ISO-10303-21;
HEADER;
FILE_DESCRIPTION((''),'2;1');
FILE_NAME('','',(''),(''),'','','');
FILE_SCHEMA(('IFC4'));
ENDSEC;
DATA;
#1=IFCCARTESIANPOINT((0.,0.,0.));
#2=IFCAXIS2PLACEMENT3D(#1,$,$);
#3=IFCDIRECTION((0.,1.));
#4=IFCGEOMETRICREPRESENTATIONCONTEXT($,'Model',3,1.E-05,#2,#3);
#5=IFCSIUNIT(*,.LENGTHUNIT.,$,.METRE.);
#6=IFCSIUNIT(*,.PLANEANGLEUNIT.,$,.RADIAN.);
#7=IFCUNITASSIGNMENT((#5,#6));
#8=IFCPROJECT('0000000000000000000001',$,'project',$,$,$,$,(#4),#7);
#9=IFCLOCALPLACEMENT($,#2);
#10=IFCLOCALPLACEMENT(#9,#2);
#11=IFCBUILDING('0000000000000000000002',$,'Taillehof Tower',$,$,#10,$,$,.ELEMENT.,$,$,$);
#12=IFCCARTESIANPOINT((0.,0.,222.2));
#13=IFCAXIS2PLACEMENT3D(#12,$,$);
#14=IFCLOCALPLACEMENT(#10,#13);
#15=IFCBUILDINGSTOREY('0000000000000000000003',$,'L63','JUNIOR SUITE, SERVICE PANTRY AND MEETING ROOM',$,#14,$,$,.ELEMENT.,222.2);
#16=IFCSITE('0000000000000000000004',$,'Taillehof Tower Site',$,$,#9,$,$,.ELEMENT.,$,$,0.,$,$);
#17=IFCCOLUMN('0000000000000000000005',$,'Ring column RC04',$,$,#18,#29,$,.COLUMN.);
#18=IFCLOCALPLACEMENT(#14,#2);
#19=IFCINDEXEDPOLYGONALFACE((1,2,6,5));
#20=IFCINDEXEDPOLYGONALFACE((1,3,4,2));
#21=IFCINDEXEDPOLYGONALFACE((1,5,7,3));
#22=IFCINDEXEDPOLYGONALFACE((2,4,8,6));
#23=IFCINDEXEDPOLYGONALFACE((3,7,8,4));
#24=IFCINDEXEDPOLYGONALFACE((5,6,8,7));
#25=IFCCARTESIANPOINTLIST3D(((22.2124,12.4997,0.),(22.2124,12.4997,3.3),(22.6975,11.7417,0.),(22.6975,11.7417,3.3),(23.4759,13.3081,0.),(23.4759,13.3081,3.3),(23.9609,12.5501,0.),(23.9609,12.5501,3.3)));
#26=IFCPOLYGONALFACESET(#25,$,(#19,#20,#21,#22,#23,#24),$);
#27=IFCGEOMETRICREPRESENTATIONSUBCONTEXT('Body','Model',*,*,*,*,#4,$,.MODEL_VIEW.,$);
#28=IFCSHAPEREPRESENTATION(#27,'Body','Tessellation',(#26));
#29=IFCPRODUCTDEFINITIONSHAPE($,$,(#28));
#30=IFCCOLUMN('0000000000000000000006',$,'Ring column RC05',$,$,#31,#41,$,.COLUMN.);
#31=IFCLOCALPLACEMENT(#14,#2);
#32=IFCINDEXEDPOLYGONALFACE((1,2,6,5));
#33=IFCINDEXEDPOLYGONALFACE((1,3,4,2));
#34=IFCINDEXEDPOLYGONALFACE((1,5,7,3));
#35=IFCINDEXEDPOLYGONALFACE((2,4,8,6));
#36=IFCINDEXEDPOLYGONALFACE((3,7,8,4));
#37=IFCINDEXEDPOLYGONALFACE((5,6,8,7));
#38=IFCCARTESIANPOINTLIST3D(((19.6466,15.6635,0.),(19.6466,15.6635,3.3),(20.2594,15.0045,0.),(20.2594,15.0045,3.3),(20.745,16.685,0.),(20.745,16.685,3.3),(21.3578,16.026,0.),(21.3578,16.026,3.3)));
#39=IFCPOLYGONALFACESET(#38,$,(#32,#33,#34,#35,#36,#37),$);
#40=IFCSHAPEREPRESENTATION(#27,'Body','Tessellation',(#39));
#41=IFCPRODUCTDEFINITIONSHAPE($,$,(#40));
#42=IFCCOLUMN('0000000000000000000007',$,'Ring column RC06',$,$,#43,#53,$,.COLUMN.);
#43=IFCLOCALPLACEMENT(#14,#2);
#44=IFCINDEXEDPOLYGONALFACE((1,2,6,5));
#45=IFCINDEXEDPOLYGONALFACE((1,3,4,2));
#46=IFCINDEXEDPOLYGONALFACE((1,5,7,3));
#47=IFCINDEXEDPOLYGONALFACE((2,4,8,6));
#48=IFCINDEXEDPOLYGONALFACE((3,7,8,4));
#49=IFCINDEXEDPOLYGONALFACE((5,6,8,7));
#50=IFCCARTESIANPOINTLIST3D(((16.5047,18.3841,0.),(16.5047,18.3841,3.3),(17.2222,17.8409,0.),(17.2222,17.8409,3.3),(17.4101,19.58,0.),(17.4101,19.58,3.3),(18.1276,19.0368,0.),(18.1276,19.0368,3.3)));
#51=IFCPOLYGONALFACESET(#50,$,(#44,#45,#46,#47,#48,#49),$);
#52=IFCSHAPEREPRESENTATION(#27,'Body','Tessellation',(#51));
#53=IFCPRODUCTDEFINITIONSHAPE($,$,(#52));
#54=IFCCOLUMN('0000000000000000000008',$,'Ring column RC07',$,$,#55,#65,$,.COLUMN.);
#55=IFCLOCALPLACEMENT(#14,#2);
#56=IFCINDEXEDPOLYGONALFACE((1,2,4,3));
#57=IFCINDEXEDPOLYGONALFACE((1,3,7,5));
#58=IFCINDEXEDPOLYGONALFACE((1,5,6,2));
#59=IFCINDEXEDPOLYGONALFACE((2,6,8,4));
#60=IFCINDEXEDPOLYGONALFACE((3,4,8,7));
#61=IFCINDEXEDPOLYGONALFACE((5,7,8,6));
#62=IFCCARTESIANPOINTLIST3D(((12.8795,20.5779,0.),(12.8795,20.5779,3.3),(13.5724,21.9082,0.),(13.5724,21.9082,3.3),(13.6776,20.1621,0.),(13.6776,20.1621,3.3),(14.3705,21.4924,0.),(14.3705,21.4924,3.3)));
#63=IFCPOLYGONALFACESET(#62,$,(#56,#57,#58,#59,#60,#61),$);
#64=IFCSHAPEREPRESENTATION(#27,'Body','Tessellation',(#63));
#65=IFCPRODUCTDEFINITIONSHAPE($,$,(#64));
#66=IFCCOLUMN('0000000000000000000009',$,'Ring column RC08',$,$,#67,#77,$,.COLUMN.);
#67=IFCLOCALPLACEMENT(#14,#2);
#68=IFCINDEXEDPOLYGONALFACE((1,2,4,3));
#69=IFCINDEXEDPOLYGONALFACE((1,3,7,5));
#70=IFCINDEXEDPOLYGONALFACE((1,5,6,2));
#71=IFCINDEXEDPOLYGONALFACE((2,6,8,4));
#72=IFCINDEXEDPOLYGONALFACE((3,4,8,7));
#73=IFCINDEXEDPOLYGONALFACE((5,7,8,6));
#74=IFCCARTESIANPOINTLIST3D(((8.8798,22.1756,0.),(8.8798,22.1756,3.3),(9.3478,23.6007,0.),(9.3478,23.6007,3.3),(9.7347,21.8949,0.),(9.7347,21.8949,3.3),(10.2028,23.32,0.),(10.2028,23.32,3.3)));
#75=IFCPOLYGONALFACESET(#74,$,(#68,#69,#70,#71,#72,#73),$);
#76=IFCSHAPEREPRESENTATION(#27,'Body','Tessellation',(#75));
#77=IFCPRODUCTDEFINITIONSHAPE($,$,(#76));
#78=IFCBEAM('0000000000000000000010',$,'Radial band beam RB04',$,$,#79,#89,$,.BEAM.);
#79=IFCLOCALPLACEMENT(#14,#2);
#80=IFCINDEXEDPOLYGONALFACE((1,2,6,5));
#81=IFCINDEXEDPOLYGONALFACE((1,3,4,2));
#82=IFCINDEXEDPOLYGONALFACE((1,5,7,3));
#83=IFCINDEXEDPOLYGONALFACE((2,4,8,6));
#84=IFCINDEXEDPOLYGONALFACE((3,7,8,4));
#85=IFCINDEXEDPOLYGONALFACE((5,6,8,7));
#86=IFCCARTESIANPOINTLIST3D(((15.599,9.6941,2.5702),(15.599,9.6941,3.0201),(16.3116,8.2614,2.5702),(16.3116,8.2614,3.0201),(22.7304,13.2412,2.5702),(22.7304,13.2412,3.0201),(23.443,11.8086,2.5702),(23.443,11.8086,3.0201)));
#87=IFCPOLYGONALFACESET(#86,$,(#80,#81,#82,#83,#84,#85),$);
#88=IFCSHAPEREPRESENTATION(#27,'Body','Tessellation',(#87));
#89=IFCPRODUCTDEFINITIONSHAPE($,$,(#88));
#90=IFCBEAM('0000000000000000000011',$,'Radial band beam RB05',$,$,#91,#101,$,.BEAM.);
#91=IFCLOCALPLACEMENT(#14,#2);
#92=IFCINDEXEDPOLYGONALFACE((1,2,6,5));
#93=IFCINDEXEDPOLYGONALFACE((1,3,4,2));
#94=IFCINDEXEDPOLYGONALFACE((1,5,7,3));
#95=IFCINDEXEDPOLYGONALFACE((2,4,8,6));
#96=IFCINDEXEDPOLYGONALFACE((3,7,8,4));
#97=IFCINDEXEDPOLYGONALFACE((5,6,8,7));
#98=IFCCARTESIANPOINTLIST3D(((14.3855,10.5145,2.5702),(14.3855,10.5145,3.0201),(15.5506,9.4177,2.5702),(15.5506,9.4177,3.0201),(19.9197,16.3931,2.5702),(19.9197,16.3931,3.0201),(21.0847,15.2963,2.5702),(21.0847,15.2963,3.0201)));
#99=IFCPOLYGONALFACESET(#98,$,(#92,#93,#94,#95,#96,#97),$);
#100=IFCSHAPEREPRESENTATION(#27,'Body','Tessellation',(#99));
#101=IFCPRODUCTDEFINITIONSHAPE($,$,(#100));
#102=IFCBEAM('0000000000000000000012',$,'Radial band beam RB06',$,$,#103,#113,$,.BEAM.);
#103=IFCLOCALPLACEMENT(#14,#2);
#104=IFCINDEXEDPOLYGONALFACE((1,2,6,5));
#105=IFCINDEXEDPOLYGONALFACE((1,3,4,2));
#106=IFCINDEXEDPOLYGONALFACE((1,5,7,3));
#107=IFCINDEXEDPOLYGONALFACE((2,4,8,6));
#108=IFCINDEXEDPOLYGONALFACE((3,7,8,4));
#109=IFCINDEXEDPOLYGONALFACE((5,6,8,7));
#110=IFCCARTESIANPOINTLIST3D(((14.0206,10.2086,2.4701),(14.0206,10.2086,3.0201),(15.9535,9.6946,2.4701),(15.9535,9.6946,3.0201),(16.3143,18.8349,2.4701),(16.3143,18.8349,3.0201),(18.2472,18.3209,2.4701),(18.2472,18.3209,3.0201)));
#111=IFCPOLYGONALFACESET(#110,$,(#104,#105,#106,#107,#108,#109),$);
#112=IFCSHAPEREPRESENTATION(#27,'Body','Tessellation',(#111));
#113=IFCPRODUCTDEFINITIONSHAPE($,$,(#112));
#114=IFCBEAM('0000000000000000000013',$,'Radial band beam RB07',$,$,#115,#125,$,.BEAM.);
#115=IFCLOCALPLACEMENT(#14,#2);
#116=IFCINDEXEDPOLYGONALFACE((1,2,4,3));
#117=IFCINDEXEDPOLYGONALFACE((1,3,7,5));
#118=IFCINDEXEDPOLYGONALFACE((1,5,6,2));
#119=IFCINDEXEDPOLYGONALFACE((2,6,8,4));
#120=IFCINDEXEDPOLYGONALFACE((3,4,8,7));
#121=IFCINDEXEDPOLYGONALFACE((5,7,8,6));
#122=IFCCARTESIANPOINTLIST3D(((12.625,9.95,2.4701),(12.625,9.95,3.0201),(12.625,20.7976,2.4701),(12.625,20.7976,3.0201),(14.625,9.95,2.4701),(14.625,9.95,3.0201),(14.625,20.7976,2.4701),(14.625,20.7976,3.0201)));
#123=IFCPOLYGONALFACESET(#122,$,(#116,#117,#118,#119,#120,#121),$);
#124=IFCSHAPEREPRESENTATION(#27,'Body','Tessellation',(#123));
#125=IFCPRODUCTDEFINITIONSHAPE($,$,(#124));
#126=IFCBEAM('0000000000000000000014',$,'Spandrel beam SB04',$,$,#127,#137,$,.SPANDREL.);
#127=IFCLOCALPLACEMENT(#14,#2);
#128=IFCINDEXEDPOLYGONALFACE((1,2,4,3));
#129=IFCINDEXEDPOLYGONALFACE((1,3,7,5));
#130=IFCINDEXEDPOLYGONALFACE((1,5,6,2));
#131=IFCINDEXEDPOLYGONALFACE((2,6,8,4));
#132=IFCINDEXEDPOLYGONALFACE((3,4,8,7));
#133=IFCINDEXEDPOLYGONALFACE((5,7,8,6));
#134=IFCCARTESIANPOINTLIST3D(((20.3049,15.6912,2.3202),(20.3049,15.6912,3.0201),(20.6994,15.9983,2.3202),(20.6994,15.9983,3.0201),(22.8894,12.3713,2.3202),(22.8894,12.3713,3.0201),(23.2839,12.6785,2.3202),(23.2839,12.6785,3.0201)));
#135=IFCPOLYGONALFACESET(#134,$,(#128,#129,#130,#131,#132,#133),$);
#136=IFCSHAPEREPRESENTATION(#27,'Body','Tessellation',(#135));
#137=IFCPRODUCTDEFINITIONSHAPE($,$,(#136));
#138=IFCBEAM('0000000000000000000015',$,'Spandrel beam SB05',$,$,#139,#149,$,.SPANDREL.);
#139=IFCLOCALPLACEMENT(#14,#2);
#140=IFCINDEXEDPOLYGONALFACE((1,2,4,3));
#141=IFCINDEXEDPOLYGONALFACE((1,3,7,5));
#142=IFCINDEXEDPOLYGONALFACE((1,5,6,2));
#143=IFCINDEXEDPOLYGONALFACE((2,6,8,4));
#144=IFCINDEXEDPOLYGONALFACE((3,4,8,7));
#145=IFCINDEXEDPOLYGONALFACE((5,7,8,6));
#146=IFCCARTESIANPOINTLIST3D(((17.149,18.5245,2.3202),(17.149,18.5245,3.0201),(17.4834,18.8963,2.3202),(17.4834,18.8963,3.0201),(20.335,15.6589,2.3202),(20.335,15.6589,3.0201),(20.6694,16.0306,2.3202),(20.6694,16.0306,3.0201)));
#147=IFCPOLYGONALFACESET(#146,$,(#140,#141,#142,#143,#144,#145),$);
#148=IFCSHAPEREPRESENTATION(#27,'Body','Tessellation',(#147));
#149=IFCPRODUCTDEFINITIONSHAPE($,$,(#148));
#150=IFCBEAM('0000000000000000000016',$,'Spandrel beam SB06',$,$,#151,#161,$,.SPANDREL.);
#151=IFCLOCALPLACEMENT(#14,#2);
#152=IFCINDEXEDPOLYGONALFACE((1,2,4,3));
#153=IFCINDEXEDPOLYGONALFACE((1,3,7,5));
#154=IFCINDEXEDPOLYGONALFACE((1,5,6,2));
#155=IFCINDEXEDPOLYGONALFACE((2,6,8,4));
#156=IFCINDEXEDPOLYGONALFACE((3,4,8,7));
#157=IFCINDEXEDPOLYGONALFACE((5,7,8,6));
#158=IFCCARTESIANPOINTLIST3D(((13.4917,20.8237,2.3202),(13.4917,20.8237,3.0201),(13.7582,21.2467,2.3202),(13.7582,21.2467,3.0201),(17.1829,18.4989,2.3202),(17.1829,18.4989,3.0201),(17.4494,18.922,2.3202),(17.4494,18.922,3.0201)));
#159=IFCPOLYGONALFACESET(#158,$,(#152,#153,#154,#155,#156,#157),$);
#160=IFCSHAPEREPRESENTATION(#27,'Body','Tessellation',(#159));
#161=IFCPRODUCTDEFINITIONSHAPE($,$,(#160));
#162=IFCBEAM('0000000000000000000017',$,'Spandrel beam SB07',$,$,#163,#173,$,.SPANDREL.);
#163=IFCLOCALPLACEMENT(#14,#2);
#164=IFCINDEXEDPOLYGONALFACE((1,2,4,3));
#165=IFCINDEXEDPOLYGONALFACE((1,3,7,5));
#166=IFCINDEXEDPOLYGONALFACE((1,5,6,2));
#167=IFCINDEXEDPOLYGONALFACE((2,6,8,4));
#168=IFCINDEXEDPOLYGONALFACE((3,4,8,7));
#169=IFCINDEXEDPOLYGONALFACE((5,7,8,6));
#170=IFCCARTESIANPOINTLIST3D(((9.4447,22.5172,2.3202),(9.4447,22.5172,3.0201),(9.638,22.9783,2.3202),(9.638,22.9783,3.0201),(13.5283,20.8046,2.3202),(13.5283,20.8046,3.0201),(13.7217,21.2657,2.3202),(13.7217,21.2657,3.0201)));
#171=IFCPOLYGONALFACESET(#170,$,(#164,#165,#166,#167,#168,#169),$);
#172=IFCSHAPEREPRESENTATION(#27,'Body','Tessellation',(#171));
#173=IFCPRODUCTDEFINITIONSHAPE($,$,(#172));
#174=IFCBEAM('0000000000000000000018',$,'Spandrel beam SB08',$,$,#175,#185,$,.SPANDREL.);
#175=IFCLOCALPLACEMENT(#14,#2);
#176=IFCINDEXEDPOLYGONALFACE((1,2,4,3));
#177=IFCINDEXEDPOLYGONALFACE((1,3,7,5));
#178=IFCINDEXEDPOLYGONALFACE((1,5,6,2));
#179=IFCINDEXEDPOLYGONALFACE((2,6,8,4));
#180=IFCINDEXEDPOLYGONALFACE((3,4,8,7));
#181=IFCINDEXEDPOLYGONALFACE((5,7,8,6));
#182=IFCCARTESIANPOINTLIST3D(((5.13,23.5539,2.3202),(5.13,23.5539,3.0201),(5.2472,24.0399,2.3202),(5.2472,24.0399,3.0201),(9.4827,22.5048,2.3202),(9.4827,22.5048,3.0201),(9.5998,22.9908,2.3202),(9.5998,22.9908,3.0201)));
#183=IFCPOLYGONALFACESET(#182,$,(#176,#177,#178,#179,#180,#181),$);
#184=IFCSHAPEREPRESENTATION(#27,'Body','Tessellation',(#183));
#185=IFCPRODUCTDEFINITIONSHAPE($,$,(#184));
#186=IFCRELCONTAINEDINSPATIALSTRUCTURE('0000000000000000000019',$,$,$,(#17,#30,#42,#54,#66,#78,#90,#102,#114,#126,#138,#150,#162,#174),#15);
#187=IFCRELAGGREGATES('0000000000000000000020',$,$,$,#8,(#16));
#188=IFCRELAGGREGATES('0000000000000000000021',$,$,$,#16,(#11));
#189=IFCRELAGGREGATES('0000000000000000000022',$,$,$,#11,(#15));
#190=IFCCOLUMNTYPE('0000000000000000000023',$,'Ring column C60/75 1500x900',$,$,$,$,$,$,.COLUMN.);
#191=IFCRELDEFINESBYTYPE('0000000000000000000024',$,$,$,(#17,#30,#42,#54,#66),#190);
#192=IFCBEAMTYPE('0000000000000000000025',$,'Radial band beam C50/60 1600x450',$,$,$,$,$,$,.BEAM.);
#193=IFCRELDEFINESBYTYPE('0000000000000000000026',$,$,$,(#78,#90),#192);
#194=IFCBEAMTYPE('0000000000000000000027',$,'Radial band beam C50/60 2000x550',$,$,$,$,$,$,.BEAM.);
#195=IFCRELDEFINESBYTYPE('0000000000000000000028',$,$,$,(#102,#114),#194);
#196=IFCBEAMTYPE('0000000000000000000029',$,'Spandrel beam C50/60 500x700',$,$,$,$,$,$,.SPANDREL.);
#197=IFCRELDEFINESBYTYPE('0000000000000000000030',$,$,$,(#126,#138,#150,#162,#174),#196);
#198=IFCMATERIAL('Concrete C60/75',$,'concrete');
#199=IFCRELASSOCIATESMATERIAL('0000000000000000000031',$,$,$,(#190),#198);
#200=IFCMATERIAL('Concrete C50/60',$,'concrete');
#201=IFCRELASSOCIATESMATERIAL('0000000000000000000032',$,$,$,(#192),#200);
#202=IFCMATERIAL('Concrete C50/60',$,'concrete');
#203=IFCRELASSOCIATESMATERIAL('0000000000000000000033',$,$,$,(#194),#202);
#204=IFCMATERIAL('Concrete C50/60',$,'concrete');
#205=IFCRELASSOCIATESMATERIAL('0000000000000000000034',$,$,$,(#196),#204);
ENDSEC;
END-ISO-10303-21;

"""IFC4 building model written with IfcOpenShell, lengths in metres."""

from ifc_helpers import new_model, si_unit, direction, frame, origin, origin_2d, place, context, subcontext, project, spatial, rectangle, extrude, material, material_profile, profile_set, type_object, element, save


model = new_model("IFC4")

# Units and contexts
model_context = context("Model", 3, precision=1e-05, world=origin(), true_north=direction((0.0, 1.0)))
body_context = subcontext(model_context, "Body", "Model", "MODEL_VIEW")
ifc_project = project(units=[si_unit("LENGTHUNIT", "METRE"), si_unit("PLANEANGLEUNIT", "RADIAN")], contexts=[model_context])

# Site, building, storey
site_placement = place(None, origin())
site = spatial("IfcSite", under=ifc_project, at=site_placement, Name="Taillehof Tower Site", CompositionType="ELEMENT", RefElevation=0.0)
building_placement = place(site_placement, origin())
building = spatial("IfcBuilding", under=site, at=building_placement, Name="Taillehof Tower", CompositionType="ELEMENT")
storey_placement = place(building_placement, frame((0.0, 0.0, 222.2)))
storey = spatial("IfcBuildingStorey", under=building, at=storey_placement, Name="L63", Description="JUNIOR SUITE, SERVICE PANTRY AND MEETING ROOM", CompositionType="ELEMENT", Elevation=222.2)

# Columns
ifc_material_1 = material(Name="Concrete C60/75", Category="concrete")
ifc_material_profile_1 = material_profile(ifc_material_1, rectangle(XDim=1.5, YDim=0.8999, at=origin_2d()), Name="RC 1500x900")
ifc_profile_set_1 = profile_set([ifc_material_profile_1], Name="Concrete C60/75")
column_type = type_object("IfcColumnType", Name="Ring column C60/75 1500x900", PredefinedType="COLUMN", material=ifc_profile_set_1)
for number, where, z_axis, x_axis, name in (
    (1, (23.0867, 12.5249, 0.0), (0.0, 0.0, 1.0), (0.842311, 0.538992, 0.0), "Ring column RC04"),
    (2, (20.5022, 15.8447, 0.0), (0.0, 0.0, 1.0), (0.732271, 0.681013, 0.0), "Ring column RC05"),
    (3, (17.3162, 18.7104, 0.0), (0.0, 0.0, 1.0), (0.603608, 0.797281, 0.0), "Ring column RC06"),
    (4, (13.625, 21.0352, 0.0), (0.0, 0.0, 1.0), (0.461993, 0.886883, 0.0), "Ring column RC07"),
    (5, (9.5413, 22.7478, 0.0), (0.0, 0.0, 1.0), (0.312001, 0.950082, 0.0), "Ring column RC08"),
):
    element("IfcColumn", number, at=place(storey_placement, frame(where, z_axis=z_axis, x_axis=x_axis)), inside=storey, type_object=column_type, Name=name, PredefinedType="COLUMN", context=body_context, shape_type="SweptSolid", body=[
        extrude(rectangle(XDim=1.5, YDim=0.8999, at=origin_2d()), origin(), (0.0, 0.0, 1.0), 3.3),
    ])

# Beams
ifc_material_2 = material(Name="Concrete C50/60", Category="concrete")
ifc_material_profile_2 = material_profile(ifc_material_2, rectangle(XDim=1.6001, YDim=0.45, at=origin_2d()), Name="RC 1600x450")
ifc_profile_set_2 = profile_set([ifc_material_profile_2], Name="Concrete C50/60")
beam_type_1 = type_object("IfcBeamType", Name="Radial band beam C50/60 1600x450", PredefinedType="BEAM", material=ifc_profile_set_2)
beam_1_placement = place(storey_placement, frame((23.0867, 12.5249, 2.7952), z_axis=(-0.895357, -0.445349, 0.0), x_axis=(0.445349, -0.895357, 0.0)))
element("IfcBeam", 6, at=beam_1_placement, inside=storey, type_object=beam_type_1, Name="Radial band beam RB04", PredefinedType="BEAM", context=body_context, shape_type="SweptSolid", body=[
    extrude(rectangle(XDim=1.6001, YDim=0.45, at=origin_2d()), origin(), (0.0, 0.0, 1.0), 7.9648),
])
beam_2_placement = place(storey_placement, frame((20.5022, 15.8447, 2.7952), z_axis=(-0.685451, -0.728118, 0.0), x_axis=(0.728118, -0.685451, 0.0)))
element("IfcBeam", 7, at=beam_2_placement, inside=storey, type_object=beam_type_1, Name="Radial band beam RB05", PredefinedType="BEAM", context=body_context, shape_type="SweptSolid", body=[
    extrude(rectangle(XDim=1.6001, YDim=0.45, at=origin_2d()), origin(), (0.0, 0.0, 1.0), 8.0737),
])
ifc_material_3 = material(Name="Concrete C50/60", Category="concrete")
ifc_material_profile_3 = material_profile(ifc_material_3, rectangle(XDim=2.0, YDim=0.55, at=origin_2d()), Name="RC 2000x550")
ifc_profile_set_3 = profile_set([ifc_material_profile_3], Name="Concrete C50/60")
beam_type_2 = type_object("IfcBeamType", Name="Radial band beam C50/60 2000x550", PredefinedType="BEAM", material=ifc_profile_set_3)
beam_3_placement = place(storey_placement, frame((17.2808, 18.5779, 2.7451), z_axis=(-0.25697, -0.966419, 0.0), x_axis=(0.966419, -0.25697, 0.0)))
element("IfcBeam", 8, at=beam_3_placement, inside=storey, type_object=beam_type_2, Name="Radial band beam RB06", PredefinedType="BEAM", context=body_context, shape_type="SweptSolid", body=[
    extrude(rectangle(XDim=2.0, YDim=0.55, at=origin_2d()), origin(), (0.0, 0.0, 1.0), 8.926),
])
beam_4_placement = place(storey_placement, frame((13.625, 20.7976, 2.7451), z_axis=(0.0, -1.0, 0.0), x_axis=(1.0, 0.0, 0.0)))
element("IfcBeam", 9, at=beam_4_placement, inside=storey, type_object=beam_type_2, Name="Radial band beam RB07", PredefinedType="BEAM", context=body_context, shape_type="SweptSolid", body=[
    extrude(rectangle(XDim=2.0, YDim=0.55, at=origin_2d()), origin(), (0.0, 0.0, 1.0), 10.8477),
])
ifc_material_4 = material(Name="Concrete C50/60", Category="concrete")
ifc_material_profile_4 = material_profile(ifc_material_4, rectangle(XDim=0.5, YDim=0.7, at=origin_2d()), Name="RC 500x700")
ifc_profile_set_4 = profile_set([ifc_material_profile_4], Name="Concrete C50/60")
beam_type_3 = type_object("IfcBeamType", Name="Spandrel beam C50/60 500x700", PredefinedType="SPANDREL", material=ifc_profile_set_4)
beam_5_placement = place(storey_placement, frame((23.0867, 12.5249, 2.6702), z_axis=(-0.614294, 0.789077, 0.0), x_axis=(-0.789077, -0.614294, 0.0)))
element("IfcBeam", 10, at=beam_5_placement, inside=storey, type_object=beam_type_3, Name="Spandrel beam SB04", PredefinedType="SPANDREL", context=body_context, shape_type="SweptSolid", body=[
    extrude(rectangle(XDim=0.5, YDim=0.7, at=origin_2d()), origin(), (0.0, 0.0, 1.0), 4.2073),
])
beam_6_placement = place(storey_placement, frame((20.5022, 15.8447, 2.6702), z_axis=(-0.743492, 0.668744, 0.0), x_axis=(-0.668744, -0.743492, 0.0)))
element("IfcBeam", 11, at=beam_6_placement, inside=storey, type_object=beam_type_3, Name="Spandrel beam SB05", PredefinedType="SPANDREL", context=body_context, shape_type="SweptSolid", body=[
    extrude(rectangle(XDim=0.5, YDim=0.7, at=origin_2d()), origin(), (0.0, 0.0, 1.0), 4.2852),
])
beam_7_placement = place(storey_placement, frame((17.3162, 18.7104, 2.6702), z_axis=(-0.846166, 0.532919, 0.0), x_axis=(-0.532919, -0.846166, 0.0)))
element("IfcBeam", 12, at=beam_7_placement, inside=storey, type_object=beam_type_3, Name="Spandrel beam SB06", PredefinedType="SPANDREL", context=body_context, shape_type="SweptSolid", body=[
    extrude(rectangle(XDim=0.5, YDim=0.7, at=origin_2d()), origin(), (0.0, 0.0, 1.0), 4.3623),
])
beam_8_placement = place(storey_placement, frame((13.625, 21.0352, 2.6702), z_axis=(-0.922186, 0.386748, 0.0), x_axis=(-0.386748, -0.922186, 0.0)))
element("IfcBeam", 13, at=beam_8_placement, inside=storey, type_object=beam_type_3, Name="Spandrel beam SB07", PredefinedType="SPANDREL", context=body_context, shape_type="SweptSolid", body=[
    extrude(rectangle(XDim=0.5, YDim=0.7, at=origin_2d()), origin(), (0.0, 0.0, 1.0), 4.4282),
])
beam_9_placement = place(storey_placement, frame((9.5413, 22.7478, 2.6702), z_axis=(-0.972161, 0.234315, 0.0), x_axis=(-0.234315, -0.972161, 0.0)))
element("IfcBeam", 14, at=beam_9_placement, inside=storey, type_object=beam_type_3, Name="Spandrel beam SB08", PredefinedType="SPANDREL", context=body_context, shape_type="SweptSolid", body=[
    extrude(rectangle(XDim=0.5, YDim=0.7, at=origin_2d()), origin(), (0.0, 0.0, 1.0), 4.4773),
])

save(model, "model.ifc")
